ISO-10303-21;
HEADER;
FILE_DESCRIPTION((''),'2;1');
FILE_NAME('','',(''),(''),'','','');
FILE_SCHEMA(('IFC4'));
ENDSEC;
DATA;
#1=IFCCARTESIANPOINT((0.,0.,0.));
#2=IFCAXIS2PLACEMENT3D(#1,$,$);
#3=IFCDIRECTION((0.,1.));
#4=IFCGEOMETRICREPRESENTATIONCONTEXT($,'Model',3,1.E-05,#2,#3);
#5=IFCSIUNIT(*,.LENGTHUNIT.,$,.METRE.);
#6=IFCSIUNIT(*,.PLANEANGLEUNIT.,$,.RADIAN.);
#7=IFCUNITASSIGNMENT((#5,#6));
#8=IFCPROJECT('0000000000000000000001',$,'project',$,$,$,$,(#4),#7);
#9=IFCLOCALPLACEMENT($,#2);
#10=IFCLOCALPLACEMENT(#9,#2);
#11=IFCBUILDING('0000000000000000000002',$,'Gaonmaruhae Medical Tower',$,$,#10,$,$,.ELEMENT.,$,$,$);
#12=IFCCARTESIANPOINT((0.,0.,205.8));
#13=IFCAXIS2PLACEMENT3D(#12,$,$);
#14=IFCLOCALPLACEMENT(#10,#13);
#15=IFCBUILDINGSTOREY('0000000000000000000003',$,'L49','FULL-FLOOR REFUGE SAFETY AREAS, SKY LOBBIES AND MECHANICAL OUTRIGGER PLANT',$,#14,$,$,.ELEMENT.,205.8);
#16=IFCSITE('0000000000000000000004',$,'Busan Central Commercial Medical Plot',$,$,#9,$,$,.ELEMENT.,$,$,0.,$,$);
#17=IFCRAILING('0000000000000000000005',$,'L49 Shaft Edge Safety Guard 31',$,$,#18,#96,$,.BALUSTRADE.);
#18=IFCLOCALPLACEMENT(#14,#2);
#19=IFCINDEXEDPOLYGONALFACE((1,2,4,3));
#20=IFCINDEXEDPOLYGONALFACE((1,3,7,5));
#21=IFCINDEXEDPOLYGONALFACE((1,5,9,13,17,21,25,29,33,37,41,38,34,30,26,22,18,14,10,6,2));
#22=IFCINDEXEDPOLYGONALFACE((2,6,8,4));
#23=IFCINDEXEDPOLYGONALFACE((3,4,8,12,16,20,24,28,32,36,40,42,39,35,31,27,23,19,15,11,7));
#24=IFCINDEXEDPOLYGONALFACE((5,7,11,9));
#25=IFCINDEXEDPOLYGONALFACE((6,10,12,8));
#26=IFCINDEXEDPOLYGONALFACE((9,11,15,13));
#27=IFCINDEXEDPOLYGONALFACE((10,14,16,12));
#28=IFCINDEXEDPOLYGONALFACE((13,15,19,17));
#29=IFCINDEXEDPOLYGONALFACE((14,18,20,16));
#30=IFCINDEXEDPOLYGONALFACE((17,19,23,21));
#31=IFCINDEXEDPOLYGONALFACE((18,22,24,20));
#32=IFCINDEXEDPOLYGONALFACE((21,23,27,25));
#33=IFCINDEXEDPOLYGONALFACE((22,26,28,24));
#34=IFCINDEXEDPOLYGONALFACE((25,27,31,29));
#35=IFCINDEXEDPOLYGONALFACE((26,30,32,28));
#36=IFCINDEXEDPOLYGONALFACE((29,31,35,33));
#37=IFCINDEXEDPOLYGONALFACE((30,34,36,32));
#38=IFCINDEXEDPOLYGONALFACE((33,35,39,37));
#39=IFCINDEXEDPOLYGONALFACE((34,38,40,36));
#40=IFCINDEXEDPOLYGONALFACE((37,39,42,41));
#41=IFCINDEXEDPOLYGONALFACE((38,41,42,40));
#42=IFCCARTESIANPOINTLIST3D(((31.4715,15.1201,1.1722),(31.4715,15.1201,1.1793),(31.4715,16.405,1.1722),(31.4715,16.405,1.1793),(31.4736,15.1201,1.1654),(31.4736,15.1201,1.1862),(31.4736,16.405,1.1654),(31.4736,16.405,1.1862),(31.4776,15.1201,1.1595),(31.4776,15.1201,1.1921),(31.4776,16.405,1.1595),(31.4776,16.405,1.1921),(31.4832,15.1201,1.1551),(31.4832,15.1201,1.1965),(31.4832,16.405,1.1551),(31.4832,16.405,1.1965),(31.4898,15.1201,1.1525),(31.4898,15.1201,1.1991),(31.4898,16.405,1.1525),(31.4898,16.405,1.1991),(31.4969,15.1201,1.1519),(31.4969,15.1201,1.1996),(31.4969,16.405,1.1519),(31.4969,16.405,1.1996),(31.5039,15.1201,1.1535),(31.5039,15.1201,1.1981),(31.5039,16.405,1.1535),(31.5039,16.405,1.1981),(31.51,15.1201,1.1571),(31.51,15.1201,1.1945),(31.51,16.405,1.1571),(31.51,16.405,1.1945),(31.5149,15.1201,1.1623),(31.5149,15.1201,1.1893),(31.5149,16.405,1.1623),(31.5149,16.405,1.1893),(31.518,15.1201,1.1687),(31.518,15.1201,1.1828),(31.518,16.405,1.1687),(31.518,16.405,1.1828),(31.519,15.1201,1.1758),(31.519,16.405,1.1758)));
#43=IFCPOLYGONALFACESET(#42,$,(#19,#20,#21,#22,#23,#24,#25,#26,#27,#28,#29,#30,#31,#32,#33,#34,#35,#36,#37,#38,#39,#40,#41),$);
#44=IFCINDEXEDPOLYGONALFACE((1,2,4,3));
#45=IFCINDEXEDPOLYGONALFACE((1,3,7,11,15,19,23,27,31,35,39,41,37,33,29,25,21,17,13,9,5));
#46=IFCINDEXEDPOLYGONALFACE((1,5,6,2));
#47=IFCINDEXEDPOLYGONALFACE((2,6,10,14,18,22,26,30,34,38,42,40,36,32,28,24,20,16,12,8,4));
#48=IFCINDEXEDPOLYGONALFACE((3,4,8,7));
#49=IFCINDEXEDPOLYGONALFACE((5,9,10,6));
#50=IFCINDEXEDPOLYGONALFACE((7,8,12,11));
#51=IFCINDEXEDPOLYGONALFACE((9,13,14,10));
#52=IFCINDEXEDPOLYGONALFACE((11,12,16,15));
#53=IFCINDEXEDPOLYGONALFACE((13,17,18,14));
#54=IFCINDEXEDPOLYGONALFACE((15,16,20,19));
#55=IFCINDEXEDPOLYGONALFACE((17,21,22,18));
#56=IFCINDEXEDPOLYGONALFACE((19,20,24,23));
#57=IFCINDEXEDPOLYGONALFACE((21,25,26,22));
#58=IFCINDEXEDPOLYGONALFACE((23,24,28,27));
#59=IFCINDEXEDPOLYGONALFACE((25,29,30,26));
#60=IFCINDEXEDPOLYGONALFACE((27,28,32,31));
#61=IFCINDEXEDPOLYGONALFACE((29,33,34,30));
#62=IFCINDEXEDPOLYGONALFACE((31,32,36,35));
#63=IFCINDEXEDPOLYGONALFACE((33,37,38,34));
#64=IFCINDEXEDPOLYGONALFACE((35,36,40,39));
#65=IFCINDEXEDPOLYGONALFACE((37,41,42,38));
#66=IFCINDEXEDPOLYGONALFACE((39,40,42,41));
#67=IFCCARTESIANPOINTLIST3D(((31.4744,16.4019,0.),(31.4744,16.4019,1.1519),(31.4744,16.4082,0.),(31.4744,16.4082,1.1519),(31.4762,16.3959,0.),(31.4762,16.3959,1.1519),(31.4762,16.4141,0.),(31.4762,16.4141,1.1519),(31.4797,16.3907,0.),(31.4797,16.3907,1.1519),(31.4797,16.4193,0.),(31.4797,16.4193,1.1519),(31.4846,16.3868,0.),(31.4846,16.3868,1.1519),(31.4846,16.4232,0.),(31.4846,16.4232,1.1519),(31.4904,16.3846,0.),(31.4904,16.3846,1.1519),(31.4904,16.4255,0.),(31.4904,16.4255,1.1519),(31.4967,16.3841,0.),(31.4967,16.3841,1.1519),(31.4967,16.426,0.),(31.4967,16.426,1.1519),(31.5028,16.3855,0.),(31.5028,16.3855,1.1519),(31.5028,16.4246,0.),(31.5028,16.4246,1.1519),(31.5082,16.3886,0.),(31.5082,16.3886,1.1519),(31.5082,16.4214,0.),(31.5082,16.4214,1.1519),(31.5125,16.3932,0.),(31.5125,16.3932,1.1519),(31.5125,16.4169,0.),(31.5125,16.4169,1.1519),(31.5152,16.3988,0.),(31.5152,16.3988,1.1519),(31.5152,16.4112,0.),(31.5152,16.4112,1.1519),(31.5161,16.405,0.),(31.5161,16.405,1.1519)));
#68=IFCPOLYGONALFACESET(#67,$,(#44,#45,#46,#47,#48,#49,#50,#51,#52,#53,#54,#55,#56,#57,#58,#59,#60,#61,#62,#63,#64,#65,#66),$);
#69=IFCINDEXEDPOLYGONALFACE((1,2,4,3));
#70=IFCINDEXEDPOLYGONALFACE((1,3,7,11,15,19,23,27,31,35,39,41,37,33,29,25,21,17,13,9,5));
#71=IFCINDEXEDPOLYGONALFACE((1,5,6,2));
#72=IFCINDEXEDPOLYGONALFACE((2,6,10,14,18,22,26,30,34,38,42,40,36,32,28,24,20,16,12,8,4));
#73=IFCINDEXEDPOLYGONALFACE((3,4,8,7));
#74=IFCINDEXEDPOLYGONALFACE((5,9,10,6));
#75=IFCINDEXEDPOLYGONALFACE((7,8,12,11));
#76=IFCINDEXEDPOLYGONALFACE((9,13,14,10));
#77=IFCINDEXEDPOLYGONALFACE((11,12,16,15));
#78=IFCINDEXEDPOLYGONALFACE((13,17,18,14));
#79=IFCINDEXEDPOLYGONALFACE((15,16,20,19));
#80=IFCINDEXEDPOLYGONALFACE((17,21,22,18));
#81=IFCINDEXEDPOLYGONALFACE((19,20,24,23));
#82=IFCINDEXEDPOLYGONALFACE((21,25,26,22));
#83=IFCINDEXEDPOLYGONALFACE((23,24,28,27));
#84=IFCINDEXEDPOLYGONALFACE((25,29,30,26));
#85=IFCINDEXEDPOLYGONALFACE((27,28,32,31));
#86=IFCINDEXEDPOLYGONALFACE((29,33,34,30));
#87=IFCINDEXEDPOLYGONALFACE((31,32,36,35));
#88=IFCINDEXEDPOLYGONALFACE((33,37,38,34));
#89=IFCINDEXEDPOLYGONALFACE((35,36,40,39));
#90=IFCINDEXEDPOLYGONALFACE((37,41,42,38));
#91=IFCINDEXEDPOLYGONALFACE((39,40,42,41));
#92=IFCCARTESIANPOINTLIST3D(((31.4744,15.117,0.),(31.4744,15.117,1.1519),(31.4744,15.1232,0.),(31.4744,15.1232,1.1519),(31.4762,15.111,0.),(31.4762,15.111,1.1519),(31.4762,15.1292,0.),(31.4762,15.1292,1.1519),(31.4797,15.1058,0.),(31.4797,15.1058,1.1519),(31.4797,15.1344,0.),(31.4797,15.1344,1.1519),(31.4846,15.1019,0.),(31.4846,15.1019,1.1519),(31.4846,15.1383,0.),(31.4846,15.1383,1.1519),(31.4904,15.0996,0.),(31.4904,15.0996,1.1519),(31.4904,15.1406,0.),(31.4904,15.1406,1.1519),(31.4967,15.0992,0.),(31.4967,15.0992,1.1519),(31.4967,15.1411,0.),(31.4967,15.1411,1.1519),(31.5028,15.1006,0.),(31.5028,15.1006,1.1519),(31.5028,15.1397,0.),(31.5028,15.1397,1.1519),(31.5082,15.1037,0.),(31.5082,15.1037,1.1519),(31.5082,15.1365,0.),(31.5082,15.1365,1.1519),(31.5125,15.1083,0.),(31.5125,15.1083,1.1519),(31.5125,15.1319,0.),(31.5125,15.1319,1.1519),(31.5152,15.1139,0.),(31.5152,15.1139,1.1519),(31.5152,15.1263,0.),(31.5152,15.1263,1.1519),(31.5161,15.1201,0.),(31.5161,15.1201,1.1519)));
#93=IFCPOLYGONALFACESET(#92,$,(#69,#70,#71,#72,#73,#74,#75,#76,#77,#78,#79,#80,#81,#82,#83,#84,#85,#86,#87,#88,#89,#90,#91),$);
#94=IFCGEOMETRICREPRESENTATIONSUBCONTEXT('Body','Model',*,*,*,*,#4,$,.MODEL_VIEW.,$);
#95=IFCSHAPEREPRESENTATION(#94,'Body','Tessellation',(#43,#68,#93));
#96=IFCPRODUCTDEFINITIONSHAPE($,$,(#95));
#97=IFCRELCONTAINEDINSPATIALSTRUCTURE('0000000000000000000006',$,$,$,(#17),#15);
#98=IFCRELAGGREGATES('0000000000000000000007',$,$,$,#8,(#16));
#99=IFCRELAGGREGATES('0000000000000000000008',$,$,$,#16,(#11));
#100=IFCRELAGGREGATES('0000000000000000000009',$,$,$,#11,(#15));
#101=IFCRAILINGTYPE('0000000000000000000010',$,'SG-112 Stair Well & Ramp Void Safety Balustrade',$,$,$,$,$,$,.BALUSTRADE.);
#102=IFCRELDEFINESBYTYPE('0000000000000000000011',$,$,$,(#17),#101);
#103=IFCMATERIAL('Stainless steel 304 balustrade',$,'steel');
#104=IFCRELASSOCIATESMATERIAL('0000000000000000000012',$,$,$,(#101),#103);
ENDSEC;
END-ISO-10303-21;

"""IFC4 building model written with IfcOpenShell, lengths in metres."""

from ifc_helpers import new_model, si_unit, direction, frame, origin, origin_2d, place, context, subcontext, project, spatial, circle, extrude, material, type_object, element, save


model = new_model("IFC4")

# Units and contexts
model_context = context("Model", 3, precision=1e-05, world=origin(), true_north=direction((0.0, 1.0)))
body_context = subcontext(model_context, "Body", "Model", "MODEL_VIEW")
ifc_project = project(units=[si_unit("LENGTHUNIT", "METRE"), si_unit("PLANEANGLEUNIT", "RADIAN")], contexts=[model_context])

# Site, building, storey
site_placement = place(None, origin())
site = spatial("IfcSite", under=ifc_project, at=site_placement, Name="Busan Central Commercial Medical Plot", CompositionType="ELEMENT", RefElevation=0.0)
building_placement = place(site_placement, origin())
building = spatial("IfcBuilding", under=site, at=building_placement, Name="Gaonmaruhae Medical Tower", CompositionType="ELEMENT")
storey_placement = place(building_placement, frame((0.0, 0.0, 205.8)))
storey = spatial("IfcBuildingStorey", under=building, at=storey_placement, Name="L49", Description="FULL-FLOOR REFUGE SAFETY AREAS, SKY LOBBIES AND MECHANICAL OUTRIGGER PLANT", CompositionType="ELEMENT", Elevation=205.8)

# Railing
ifc_material_1 = material(Name="Stainless steel 304 balustrade", Category="steel")
railing_type = type_object("IfcRailingType", Name="SG-112 Stair Well & Ramp Void Safety Balustrade", PredefinedType="BALUSTRADE", material=ifc_material_1)
railing_placement = place(storey_placement, frame((31.4951, 16.405, 0.0)))
element("IfcRailing", 1, at=railing_placement, inside=storey, type_object=railing_type, Name="L49 Shaft Edge Safety Guard 31", PredefinedType="BALUSTRADE", context=body_context, shape_type="SweptSolid", body=[
    extrude(circle(Radius=0.0239, at=origin_2d()), frame((0.0, 0.0, 1.1758), z_axis=(0.0, -1.0, 0.0), x_axis=(1.0, 0.0, 0.0)), (0.0, 0.0, 1.0), 1.2849),
    extrude(circle(Radius=0.021, at=origin_2d()), origin(), (0.0, 0.0, 1.0), 1.1519),
    extrude(circle(Radius=0.021, at=origin_2d()), frame((0.0, -1.2849, 0.0)), (0.0, 0.0, 1.0), 1.1519),
])

save(model, "model.ifc")
